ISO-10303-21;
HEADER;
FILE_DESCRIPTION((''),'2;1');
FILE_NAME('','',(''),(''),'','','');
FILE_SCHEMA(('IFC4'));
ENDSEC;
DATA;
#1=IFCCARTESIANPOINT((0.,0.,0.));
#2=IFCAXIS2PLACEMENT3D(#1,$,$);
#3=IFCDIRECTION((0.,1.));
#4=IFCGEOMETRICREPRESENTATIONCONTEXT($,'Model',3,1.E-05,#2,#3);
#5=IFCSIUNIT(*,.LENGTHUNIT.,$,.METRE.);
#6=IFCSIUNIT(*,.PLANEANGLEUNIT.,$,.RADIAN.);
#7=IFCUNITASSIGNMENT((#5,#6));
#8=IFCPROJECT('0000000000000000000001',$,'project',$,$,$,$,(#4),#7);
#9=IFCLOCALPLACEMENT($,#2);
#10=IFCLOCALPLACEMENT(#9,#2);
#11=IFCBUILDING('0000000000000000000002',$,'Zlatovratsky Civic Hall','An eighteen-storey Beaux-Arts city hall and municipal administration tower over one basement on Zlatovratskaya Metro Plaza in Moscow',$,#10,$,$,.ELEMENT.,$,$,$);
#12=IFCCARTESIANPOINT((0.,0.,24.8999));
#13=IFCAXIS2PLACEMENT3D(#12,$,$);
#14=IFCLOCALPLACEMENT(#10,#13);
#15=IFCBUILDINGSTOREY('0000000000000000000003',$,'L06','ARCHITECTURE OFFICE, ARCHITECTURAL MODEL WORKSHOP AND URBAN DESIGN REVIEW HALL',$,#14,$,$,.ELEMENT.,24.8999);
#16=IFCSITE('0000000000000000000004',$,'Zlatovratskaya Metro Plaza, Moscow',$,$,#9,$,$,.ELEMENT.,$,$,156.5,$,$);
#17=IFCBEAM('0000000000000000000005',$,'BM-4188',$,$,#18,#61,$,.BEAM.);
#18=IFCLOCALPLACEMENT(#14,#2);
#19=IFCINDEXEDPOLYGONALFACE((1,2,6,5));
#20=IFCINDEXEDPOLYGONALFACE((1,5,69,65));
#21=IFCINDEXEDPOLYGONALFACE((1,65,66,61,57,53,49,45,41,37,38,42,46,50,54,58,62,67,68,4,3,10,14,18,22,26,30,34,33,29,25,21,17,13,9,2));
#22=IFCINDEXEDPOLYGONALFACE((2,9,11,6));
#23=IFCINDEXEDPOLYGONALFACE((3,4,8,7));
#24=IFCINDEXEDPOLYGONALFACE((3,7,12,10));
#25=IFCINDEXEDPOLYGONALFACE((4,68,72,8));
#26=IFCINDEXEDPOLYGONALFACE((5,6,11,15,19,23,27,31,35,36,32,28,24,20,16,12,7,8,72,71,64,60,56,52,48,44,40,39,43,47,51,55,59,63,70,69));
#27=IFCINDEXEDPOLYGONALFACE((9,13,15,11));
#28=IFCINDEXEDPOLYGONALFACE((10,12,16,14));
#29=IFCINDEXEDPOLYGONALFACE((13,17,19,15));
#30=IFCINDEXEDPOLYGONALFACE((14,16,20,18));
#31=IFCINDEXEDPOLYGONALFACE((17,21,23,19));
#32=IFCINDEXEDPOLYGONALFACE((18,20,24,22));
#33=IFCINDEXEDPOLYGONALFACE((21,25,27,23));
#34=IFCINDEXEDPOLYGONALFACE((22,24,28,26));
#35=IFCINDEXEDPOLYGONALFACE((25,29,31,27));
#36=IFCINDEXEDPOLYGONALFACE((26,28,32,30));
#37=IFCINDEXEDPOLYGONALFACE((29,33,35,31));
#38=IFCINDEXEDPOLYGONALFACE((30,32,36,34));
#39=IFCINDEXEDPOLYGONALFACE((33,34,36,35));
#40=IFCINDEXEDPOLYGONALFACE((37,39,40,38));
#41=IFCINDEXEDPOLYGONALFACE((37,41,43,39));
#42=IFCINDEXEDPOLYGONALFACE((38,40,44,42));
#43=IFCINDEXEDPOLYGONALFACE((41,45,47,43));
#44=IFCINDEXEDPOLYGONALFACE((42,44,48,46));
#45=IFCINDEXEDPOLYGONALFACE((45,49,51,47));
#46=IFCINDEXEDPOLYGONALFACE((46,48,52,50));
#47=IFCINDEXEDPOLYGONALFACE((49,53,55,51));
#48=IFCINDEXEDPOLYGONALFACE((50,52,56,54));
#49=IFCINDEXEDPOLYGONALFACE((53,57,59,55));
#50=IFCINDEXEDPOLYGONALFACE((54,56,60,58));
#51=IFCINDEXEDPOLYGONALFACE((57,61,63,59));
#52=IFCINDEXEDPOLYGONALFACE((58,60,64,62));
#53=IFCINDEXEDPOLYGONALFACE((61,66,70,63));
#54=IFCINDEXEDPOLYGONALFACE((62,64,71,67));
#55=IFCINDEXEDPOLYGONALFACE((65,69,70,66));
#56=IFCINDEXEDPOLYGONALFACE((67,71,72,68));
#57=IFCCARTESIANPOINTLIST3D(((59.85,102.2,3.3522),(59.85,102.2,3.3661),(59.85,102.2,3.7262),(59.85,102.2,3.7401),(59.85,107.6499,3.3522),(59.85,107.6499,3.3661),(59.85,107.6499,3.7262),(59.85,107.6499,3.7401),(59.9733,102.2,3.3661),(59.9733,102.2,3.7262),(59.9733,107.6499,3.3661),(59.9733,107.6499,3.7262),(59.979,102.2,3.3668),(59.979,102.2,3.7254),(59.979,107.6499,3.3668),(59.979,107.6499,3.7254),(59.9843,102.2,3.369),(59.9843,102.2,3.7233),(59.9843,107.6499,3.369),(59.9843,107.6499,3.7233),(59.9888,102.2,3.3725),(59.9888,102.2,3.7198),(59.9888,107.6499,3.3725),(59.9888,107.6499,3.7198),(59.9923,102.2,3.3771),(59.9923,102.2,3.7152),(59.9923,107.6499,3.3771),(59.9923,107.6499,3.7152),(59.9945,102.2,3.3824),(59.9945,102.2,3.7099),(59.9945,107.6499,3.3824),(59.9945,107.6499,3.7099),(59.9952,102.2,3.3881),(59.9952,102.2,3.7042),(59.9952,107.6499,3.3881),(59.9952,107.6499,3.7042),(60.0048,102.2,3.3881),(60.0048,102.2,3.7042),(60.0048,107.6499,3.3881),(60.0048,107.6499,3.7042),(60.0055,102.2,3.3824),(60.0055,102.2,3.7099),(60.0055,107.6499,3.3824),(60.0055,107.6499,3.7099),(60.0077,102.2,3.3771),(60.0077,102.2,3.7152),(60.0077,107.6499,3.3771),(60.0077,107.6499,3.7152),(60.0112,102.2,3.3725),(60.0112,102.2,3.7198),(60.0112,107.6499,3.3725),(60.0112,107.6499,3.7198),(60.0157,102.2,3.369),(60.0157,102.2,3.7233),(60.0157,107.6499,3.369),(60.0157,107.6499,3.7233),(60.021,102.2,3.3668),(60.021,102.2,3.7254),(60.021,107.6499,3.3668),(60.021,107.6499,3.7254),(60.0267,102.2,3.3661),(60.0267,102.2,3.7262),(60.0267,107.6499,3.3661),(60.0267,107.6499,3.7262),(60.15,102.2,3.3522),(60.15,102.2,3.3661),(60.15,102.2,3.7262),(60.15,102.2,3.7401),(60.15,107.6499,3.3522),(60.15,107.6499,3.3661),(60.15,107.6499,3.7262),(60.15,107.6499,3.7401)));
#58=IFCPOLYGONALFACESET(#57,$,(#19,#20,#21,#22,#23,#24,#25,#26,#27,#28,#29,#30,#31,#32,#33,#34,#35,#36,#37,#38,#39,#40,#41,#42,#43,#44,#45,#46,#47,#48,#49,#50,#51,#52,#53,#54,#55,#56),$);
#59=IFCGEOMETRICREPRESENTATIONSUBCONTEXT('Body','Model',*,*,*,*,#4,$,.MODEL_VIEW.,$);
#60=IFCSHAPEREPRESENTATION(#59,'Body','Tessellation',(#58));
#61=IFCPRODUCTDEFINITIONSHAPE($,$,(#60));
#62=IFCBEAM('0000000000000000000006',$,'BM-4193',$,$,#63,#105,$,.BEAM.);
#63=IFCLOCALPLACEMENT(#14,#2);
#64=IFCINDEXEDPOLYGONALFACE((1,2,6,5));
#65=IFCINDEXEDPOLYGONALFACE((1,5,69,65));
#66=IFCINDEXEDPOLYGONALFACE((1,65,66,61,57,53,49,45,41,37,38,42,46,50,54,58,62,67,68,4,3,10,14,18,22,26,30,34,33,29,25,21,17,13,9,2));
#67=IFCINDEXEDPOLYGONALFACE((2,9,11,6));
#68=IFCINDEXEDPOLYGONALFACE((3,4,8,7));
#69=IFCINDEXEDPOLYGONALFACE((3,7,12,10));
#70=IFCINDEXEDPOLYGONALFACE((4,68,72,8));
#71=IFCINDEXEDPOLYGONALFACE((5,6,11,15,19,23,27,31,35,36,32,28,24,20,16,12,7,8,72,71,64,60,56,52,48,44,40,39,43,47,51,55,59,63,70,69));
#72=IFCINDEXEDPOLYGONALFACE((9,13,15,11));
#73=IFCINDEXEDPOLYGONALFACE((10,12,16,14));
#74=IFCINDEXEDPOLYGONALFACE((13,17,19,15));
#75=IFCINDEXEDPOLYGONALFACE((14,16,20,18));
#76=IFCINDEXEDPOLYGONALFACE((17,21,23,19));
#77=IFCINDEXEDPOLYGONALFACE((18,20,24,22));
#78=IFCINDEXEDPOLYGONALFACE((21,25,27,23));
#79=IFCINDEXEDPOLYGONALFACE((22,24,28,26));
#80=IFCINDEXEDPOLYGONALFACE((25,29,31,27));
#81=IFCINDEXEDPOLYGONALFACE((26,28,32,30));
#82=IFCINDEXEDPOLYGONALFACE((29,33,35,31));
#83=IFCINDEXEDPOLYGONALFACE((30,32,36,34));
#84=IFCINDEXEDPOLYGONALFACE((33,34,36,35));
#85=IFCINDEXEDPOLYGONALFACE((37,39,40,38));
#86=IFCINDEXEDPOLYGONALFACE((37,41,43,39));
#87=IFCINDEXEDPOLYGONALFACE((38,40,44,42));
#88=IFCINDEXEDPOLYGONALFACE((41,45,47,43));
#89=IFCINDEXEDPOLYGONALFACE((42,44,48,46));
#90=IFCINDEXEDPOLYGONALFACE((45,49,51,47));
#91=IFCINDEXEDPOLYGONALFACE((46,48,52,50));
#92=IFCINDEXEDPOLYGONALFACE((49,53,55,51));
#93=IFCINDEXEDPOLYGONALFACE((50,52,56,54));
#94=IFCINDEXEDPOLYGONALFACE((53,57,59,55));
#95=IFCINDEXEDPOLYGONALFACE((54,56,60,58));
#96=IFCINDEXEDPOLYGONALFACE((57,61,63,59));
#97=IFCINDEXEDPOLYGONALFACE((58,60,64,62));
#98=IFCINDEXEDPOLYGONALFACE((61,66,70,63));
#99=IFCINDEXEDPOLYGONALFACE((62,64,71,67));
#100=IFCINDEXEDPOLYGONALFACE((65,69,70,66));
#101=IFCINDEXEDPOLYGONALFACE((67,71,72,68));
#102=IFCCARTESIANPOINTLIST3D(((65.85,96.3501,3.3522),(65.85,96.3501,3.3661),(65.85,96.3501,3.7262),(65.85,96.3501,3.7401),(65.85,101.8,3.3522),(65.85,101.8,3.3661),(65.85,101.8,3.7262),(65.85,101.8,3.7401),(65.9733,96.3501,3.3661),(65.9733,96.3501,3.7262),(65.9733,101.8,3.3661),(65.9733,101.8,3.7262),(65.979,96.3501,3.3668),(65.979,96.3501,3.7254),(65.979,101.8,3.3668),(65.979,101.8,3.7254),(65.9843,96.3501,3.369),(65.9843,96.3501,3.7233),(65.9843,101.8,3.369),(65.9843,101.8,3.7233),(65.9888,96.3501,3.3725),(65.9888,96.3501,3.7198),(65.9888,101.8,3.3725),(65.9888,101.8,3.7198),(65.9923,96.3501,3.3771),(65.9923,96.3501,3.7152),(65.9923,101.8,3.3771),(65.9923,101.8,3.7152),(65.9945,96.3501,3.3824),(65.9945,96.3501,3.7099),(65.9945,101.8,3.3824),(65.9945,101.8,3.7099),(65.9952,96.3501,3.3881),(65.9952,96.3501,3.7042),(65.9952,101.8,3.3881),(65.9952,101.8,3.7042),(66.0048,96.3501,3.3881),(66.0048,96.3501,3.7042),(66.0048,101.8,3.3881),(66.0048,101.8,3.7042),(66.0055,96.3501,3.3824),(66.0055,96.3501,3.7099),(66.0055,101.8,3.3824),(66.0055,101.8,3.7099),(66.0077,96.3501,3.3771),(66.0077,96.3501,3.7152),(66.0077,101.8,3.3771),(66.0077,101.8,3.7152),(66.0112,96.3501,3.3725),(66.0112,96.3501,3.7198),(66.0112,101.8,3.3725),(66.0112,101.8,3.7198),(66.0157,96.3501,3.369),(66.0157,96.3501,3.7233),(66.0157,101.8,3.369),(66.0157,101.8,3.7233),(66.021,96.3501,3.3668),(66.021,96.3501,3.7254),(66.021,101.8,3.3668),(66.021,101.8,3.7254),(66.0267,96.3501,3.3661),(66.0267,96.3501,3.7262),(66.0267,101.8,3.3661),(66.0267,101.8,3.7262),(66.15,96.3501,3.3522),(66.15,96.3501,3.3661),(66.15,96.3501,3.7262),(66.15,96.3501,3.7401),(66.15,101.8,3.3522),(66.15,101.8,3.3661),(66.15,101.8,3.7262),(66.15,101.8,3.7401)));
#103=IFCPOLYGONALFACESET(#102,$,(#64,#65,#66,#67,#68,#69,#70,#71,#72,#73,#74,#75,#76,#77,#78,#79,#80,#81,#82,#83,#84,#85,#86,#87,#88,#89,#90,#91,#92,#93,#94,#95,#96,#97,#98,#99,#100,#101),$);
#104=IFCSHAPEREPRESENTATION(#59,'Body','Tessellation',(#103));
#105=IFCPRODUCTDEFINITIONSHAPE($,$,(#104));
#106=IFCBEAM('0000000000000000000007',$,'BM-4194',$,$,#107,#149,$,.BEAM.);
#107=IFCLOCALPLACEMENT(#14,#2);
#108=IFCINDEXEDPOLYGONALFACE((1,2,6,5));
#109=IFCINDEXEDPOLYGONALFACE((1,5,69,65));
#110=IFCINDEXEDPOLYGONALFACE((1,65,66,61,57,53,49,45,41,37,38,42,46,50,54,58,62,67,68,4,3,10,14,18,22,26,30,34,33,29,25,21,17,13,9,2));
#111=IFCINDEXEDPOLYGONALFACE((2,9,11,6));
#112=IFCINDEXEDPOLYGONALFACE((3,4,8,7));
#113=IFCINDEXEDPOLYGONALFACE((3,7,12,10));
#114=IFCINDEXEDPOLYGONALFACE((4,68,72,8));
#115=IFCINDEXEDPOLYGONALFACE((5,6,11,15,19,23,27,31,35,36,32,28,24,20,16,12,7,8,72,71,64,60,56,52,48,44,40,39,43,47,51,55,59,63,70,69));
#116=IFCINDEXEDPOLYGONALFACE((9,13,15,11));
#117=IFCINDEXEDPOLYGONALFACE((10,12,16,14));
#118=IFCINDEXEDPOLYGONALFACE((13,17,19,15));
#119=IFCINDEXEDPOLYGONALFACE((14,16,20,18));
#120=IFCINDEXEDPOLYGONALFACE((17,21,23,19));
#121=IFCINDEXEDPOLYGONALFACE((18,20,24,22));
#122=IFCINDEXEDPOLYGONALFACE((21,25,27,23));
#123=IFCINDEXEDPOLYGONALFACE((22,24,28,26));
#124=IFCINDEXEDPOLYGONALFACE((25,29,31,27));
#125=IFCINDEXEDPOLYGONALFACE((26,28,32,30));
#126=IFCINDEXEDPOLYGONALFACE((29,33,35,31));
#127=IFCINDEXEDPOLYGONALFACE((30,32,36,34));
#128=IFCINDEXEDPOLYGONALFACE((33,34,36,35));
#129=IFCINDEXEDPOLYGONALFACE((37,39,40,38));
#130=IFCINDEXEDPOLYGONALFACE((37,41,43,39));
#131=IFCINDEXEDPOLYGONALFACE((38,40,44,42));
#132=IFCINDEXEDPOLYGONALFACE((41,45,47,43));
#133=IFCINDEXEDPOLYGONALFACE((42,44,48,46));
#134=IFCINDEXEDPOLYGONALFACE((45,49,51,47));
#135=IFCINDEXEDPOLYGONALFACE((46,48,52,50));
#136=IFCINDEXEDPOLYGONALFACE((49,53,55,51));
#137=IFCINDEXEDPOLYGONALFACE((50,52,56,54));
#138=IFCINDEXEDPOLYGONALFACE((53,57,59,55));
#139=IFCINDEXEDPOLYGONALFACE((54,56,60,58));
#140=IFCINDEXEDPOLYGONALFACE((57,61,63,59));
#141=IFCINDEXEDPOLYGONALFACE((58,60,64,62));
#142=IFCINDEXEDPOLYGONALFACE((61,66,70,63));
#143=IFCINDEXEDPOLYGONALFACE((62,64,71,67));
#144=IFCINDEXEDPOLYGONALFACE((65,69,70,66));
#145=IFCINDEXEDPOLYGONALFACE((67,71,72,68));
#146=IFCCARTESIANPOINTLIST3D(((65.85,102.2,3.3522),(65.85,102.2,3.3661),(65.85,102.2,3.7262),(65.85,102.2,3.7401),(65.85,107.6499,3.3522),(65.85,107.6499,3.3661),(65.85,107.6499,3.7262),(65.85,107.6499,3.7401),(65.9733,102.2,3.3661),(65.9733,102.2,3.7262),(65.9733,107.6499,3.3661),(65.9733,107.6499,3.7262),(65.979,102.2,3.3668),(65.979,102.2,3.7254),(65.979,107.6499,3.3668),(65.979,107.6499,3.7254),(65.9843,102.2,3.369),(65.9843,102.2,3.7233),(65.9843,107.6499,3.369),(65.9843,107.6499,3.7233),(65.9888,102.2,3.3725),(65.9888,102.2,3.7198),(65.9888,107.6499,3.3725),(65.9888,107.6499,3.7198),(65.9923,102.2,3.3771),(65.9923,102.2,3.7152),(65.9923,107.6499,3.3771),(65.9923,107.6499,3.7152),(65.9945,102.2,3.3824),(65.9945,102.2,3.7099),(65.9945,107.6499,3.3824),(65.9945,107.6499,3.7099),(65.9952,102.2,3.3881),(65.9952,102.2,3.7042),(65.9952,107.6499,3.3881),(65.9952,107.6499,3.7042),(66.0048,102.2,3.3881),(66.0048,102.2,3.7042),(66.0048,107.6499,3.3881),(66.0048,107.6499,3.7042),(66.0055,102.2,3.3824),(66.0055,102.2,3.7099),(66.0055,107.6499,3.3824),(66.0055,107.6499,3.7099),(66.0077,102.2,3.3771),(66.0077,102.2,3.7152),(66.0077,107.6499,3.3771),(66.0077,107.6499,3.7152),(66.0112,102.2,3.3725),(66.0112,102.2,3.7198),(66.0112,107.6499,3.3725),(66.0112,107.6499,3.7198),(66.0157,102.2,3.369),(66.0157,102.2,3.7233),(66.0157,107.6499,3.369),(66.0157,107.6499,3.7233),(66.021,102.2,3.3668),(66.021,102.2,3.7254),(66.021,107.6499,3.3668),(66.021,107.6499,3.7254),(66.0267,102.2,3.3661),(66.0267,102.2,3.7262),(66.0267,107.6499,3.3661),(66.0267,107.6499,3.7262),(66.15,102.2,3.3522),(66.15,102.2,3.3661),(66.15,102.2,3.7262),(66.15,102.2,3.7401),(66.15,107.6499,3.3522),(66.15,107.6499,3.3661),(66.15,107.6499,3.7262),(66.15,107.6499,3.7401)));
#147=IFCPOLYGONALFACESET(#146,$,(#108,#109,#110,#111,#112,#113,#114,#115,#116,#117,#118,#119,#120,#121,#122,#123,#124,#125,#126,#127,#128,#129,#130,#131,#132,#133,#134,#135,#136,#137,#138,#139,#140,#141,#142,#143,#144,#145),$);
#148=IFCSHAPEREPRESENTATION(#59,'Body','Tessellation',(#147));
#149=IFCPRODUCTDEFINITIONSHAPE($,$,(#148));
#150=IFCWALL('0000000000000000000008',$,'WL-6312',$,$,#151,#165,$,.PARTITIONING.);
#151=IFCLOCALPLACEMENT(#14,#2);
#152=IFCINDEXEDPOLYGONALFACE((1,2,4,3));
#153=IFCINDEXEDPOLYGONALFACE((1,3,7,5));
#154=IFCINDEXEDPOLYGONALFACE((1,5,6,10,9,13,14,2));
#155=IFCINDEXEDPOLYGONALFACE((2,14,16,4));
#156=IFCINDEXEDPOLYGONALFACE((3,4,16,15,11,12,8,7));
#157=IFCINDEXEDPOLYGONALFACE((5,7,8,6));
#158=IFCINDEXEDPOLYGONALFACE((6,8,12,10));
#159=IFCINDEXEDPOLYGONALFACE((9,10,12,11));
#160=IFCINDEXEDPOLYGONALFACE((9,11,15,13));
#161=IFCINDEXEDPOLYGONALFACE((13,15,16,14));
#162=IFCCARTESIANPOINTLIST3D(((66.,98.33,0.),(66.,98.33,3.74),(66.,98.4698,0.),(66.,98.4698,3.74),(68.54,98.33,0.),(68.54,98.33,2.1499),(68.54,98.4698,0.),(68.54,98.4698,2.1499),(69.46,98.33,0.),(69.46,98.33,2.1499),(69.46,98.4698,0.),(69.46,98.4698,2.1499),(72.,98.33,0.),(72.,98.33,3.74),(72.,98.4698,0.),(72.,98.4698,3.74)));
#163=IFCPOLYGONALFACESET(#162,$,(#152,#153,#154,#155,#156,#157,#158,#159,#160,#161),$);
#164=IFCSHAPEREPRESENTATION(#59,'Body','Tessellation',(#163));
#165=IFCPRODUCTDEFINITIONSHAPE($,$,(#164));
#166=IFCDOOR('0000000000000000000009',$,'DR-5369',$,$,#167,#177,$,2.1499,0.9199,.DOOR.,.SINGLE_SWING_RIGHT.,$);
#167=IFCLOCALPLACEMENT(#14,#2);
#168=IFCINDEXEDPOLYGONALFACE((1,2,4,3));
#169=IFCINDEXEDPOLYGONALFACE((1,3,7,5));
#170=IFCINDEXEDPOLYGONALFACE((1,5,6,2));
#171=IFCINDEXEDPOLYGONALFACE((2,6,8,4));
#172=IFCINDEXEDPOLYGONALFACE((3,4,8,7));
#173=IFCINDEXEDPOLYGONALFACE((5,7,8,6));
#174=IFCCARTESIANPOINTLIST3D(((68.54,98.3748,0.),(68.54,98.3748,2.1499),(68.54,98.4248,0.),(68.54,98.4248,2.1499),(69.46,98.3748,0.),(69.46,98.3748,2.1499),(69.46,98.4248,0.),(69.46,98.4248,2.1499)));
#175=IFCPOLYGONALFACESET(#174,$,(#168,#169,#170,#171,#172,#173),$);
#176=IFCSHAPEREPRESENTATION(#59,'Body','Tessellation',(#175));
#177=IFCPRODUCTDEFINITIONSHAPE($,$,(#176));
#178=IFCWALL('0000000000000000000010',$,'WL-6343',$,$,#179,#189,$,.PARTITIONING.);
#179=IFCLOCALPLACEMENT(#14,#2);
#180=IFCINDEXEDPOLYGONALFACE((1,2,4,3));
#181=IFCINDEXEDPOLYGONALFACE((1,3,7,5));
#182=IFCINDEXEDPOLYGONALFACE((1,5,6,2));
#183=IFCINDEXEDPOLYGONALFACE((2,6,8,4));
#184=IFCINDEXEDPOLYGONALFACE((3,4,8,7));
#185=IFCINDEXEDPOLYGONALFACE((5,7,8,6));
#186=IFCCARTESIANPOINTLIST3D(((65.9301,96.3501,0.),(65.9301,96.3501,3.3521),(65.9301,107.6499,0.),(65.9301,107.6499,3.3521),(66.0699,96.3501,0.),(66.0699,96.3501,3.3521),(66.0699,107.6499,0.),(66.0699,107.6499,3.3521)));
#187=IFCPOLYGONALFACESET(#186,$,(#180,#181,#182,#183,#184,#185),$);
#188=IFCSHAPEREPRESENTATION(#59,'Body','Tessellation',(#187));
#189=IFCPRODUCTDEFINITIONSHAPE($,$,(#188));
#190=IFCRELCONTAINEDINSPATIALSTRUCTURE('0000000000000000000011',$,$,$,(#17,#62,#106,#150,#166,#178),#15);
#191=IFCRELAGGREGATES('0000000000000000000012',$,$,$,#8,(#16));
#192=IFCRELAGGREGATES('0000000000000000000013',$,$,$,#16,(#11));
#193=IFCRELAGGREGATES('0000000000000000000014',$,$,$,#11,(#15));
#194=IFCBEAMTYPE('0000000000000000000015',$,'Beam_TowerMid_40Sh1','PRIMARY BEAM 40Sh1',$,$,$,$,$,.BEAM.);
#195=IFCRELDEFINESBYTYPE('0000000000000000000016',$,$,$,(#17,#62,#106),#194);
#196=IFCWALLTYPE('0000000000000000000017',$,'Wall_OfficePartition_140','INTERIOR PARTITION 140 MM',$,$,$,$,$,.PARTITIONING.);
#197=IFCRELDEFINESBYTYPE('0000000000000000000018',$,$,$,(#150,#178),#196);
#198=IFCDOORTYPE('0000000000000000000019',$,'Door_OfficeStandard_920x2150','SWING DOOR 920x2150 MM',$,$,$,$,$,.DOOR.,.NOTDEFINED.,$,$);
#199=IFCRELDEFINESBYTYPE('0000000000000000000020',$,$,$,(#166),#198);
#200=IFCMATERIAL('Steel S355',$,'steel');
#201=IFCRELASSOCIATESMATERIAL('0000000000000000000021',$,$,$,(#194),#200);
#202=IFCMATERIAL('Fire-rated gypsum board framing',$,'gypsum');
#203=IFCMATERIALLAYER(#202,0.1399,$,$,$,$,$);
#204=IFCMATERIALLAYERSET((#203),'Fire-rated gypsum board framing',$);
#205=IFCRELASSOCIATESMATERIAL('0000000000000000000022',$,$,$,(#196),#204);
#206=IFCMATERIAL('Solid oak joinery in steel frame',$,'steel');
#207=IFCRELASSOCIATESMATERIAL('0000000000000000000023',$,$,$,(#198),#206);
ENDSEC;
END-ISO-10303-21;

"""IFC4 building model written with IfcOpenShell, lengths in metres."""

from ifc_helpers import new_model, si_unit, direction, frame, frame_2d, origin, origin_2d, place, context, subcontext, project, spatial, rectangle, i_section, extrude, material, layer, layer_set, material_profile, profile_set, type_object, element, fill, save


model = new_model("IFC4")

# Units and contexts
model_context = context("Model", 3, precision=1e-05, world=origin(), true_north=direction((0.0, 1.0)))
body_context = subcontext(model_context, "Body", "Model", "MODEL_VIEW")
ifc_project = project(units=[si_unit("LENGTHUNIT", "METRE"), si_unit("PLANEANGLEUNIT", "RADIAN")], contexts=[model_context])

# Site, building, storey
site_placement = place(None, origin())
site = spatial("IfcSite", under=ifc_project, at=site_placement, Name="Zlatovratskaya Metro Plaza, Moscow", CompositionType="ELEMENT", RefElevation=156.5)
building_placement = place(site_placement, origin())
building = spatial("IfcBuilding", under=site, at=building_placement, Name="Zlatovratsky Civic Hall", Description="An eighteen-storey Beaux-Arts city hall and municipal administration tower over one basement on Zlatovratskaya Metro Plaza in Moscow", CompositionType="ELEMENT")
storey_placement = place(building_placement, frame((0.0, 0.0, 24.8999)))
storey = spatial("IfcBuildingStorey", under=building, at=storey_placement, Name="L06", Description="ARCHITECTURE OFFICE, ARCHITECTURAL MODEL WORKSHOP AND URBAN DESIGN REVIEW HALL", CompositionType="ELEMENT", Elevation=24.8999)

# Shared definitions
ifc_material_1 = material(Name="Steel S355", Category="steel")

# Beams
ifc_material_profile_1 = material_profile(ifc_material_1, i_section(OverallWidth=0.3, OverallDepth=0.3879, WebThickness=0.0095, FlangeThickness=0.0139, FilletRadius=0.022, at=origin_2d()), Name="40Sh1")
ifc_profile_set_1 = profile_set([ifc_material_profile_1], Name="Steel S355")
beam_type_1 = type_object("IfcBeamType", Name="Beam_TowerMid_40Sh1", Description="PRIMARY BEAM 40Sh1", PredefinedType="BEAM", material=ifc_profile_set_1)
for number, where, z_axis, x_axis, name in (
    (1, (60.0, 102.2, 3.5461), (0.0, 1.0, 0.0), (-1.0, 0.0, 0.0), "BM-4188"),
    (2, (66.0, 96.3501, 3.5461), (0.0, 1.0, 0.0), (-1.0, 0.0, 0.0), "BM-4193"),
    (3, (66.0, 102.2, 3.5461), (0.0, 1.0, 0.0), (-1.0, 0.0, 0.0), "BM-4194"),
):
    element("IfcBeam", number, at=place(storey_placement, frame(where, z_axis=z_axis, x_axis=x_axis)), inside=storey, type_object=beam_type_1, Name=name, PredefinedType="BEAM", context=body_context, shape_type="SweptSolid", body=[
        extrude(i_section(OverallWidth=0.3, OverallDepth=0.3879, WebThickness=0.0095, FlangeThickness=0.0139, FilletRadius=0.022, at=origin_2d()), origin(), (0.0, 0.0, 1.0), 5.45),
    ])

# Wall, opening, door
ifc_material_2 = material(Name="Fire-rated gypsum board framing", Category="gypsum")
ifc_layer_1 = layer(ifc_material_2, 0.1399)
ifc_layer_set_1 = layer_set([ifc_layer_1], Name="Fire-rated gypsum board framing")
wall_type_1 = type_object("IfcWallType", Name="Wall_OfficePartition_140", Description="INTERIOR PARTITION 140 MM", PredefinedType="PARTITIONING", material=ifc_layer_set_1)
wall_1_placement = place(storey_placement, frame((66.0, 98.3999, 0.0), z_axis=(0.0, 0.0, 1.0), x_axis=(1.0, 0.0, 0.0)))
wall_1 = element("IfcWall", 4, at=wall_1_placement, inside=storey, type_object=wall_type_1, Name="WL-6312", PredefinedType="PARTITIONING", context=body_context, shape_type="SweptSolid", body=[
    extrude(rectangle(XDim=6.0, YDim=0.1399, at=frame_2d((3.0, 0.0))), origin(), (0.0, 0.0, 1.0), 3.74),
])
opening_1_placement = place(wall_1_placement, frame((2.54, 0.0, 0.0)))
opening_1 = element("IfcOpeningElement", 5, at=opening_1_placement, cuts=wall_1, PredefinedType="OPENING", context=body_context, shape_type="SweptSolid", body=[
    extrude(rectangle(XDim=0.9199, YDim=2.1499, at=frame_2d((0.46, 1.075))), frame((0.0, 0.085, 0.0), z_axis=(0.0, -1.0, 0.0), x_axis=(1.0, 0.0, 0.0)), (0.0, 0.0, 1.0), 0.1697),
])
ifc_material_3 = material(Name="Solid oak joinery in steel frame", Category="steel")
door_type = type_object("IfcDoorType", Name="Door_OfficeStandard_920x2150", Description="SWING DOOR 920x2150 MM", OperationType="NOTDEFINED", PredefinedType="DOOR", material=ifc_material_3)
door_placement = place(opening_1_placement, origin())
door = element("IfcDoor", 6, at=door_placement, inside=storey, type_object=door_type, Name="DR-5369", OperationType="SINGLE_SWING_RIGHT", OverallHeight=2.1499, OverallWidth=0.9199, PredefinedType="DOOR", context=body_context, shape_type="SweptSolid", body=[
    extrude(rectangle(XDim=0.9199, YDim=2.1499, at=frame_2d((0.46, 1.075))), frame((0.0, 0.0249, 0.0), z_axis=(0.0, -1.0, 0.0), x_axis=(1.0, 0.0, 0.0)), (0.0, 0.0, 1.0), 0.05),
])
fill(opening_1, door)

# Wall
wall_2_placement = place(storey_placement, frame((66.0, 96.3501, 0.0), z_axis=(0.0, 0.0, 1.0), x_axis=(0.0, 1.0, 0.0)))
element("IfcWall", 7, at=wall_2_placement, inside=storey, type_object=wall_type_1, Name="WL-6343", PredefinedType="PARTITIONING", context=body_context, shape_type="SweptSolid", body=[
    extrude(rectangle(XDim=11.2998, YDim=0.1399, at=frame_2d((5.6499, 0.0))), origin(), (0.0, 0.0, 1.0), 3.3521),
])

save(model, "model.ifc")
